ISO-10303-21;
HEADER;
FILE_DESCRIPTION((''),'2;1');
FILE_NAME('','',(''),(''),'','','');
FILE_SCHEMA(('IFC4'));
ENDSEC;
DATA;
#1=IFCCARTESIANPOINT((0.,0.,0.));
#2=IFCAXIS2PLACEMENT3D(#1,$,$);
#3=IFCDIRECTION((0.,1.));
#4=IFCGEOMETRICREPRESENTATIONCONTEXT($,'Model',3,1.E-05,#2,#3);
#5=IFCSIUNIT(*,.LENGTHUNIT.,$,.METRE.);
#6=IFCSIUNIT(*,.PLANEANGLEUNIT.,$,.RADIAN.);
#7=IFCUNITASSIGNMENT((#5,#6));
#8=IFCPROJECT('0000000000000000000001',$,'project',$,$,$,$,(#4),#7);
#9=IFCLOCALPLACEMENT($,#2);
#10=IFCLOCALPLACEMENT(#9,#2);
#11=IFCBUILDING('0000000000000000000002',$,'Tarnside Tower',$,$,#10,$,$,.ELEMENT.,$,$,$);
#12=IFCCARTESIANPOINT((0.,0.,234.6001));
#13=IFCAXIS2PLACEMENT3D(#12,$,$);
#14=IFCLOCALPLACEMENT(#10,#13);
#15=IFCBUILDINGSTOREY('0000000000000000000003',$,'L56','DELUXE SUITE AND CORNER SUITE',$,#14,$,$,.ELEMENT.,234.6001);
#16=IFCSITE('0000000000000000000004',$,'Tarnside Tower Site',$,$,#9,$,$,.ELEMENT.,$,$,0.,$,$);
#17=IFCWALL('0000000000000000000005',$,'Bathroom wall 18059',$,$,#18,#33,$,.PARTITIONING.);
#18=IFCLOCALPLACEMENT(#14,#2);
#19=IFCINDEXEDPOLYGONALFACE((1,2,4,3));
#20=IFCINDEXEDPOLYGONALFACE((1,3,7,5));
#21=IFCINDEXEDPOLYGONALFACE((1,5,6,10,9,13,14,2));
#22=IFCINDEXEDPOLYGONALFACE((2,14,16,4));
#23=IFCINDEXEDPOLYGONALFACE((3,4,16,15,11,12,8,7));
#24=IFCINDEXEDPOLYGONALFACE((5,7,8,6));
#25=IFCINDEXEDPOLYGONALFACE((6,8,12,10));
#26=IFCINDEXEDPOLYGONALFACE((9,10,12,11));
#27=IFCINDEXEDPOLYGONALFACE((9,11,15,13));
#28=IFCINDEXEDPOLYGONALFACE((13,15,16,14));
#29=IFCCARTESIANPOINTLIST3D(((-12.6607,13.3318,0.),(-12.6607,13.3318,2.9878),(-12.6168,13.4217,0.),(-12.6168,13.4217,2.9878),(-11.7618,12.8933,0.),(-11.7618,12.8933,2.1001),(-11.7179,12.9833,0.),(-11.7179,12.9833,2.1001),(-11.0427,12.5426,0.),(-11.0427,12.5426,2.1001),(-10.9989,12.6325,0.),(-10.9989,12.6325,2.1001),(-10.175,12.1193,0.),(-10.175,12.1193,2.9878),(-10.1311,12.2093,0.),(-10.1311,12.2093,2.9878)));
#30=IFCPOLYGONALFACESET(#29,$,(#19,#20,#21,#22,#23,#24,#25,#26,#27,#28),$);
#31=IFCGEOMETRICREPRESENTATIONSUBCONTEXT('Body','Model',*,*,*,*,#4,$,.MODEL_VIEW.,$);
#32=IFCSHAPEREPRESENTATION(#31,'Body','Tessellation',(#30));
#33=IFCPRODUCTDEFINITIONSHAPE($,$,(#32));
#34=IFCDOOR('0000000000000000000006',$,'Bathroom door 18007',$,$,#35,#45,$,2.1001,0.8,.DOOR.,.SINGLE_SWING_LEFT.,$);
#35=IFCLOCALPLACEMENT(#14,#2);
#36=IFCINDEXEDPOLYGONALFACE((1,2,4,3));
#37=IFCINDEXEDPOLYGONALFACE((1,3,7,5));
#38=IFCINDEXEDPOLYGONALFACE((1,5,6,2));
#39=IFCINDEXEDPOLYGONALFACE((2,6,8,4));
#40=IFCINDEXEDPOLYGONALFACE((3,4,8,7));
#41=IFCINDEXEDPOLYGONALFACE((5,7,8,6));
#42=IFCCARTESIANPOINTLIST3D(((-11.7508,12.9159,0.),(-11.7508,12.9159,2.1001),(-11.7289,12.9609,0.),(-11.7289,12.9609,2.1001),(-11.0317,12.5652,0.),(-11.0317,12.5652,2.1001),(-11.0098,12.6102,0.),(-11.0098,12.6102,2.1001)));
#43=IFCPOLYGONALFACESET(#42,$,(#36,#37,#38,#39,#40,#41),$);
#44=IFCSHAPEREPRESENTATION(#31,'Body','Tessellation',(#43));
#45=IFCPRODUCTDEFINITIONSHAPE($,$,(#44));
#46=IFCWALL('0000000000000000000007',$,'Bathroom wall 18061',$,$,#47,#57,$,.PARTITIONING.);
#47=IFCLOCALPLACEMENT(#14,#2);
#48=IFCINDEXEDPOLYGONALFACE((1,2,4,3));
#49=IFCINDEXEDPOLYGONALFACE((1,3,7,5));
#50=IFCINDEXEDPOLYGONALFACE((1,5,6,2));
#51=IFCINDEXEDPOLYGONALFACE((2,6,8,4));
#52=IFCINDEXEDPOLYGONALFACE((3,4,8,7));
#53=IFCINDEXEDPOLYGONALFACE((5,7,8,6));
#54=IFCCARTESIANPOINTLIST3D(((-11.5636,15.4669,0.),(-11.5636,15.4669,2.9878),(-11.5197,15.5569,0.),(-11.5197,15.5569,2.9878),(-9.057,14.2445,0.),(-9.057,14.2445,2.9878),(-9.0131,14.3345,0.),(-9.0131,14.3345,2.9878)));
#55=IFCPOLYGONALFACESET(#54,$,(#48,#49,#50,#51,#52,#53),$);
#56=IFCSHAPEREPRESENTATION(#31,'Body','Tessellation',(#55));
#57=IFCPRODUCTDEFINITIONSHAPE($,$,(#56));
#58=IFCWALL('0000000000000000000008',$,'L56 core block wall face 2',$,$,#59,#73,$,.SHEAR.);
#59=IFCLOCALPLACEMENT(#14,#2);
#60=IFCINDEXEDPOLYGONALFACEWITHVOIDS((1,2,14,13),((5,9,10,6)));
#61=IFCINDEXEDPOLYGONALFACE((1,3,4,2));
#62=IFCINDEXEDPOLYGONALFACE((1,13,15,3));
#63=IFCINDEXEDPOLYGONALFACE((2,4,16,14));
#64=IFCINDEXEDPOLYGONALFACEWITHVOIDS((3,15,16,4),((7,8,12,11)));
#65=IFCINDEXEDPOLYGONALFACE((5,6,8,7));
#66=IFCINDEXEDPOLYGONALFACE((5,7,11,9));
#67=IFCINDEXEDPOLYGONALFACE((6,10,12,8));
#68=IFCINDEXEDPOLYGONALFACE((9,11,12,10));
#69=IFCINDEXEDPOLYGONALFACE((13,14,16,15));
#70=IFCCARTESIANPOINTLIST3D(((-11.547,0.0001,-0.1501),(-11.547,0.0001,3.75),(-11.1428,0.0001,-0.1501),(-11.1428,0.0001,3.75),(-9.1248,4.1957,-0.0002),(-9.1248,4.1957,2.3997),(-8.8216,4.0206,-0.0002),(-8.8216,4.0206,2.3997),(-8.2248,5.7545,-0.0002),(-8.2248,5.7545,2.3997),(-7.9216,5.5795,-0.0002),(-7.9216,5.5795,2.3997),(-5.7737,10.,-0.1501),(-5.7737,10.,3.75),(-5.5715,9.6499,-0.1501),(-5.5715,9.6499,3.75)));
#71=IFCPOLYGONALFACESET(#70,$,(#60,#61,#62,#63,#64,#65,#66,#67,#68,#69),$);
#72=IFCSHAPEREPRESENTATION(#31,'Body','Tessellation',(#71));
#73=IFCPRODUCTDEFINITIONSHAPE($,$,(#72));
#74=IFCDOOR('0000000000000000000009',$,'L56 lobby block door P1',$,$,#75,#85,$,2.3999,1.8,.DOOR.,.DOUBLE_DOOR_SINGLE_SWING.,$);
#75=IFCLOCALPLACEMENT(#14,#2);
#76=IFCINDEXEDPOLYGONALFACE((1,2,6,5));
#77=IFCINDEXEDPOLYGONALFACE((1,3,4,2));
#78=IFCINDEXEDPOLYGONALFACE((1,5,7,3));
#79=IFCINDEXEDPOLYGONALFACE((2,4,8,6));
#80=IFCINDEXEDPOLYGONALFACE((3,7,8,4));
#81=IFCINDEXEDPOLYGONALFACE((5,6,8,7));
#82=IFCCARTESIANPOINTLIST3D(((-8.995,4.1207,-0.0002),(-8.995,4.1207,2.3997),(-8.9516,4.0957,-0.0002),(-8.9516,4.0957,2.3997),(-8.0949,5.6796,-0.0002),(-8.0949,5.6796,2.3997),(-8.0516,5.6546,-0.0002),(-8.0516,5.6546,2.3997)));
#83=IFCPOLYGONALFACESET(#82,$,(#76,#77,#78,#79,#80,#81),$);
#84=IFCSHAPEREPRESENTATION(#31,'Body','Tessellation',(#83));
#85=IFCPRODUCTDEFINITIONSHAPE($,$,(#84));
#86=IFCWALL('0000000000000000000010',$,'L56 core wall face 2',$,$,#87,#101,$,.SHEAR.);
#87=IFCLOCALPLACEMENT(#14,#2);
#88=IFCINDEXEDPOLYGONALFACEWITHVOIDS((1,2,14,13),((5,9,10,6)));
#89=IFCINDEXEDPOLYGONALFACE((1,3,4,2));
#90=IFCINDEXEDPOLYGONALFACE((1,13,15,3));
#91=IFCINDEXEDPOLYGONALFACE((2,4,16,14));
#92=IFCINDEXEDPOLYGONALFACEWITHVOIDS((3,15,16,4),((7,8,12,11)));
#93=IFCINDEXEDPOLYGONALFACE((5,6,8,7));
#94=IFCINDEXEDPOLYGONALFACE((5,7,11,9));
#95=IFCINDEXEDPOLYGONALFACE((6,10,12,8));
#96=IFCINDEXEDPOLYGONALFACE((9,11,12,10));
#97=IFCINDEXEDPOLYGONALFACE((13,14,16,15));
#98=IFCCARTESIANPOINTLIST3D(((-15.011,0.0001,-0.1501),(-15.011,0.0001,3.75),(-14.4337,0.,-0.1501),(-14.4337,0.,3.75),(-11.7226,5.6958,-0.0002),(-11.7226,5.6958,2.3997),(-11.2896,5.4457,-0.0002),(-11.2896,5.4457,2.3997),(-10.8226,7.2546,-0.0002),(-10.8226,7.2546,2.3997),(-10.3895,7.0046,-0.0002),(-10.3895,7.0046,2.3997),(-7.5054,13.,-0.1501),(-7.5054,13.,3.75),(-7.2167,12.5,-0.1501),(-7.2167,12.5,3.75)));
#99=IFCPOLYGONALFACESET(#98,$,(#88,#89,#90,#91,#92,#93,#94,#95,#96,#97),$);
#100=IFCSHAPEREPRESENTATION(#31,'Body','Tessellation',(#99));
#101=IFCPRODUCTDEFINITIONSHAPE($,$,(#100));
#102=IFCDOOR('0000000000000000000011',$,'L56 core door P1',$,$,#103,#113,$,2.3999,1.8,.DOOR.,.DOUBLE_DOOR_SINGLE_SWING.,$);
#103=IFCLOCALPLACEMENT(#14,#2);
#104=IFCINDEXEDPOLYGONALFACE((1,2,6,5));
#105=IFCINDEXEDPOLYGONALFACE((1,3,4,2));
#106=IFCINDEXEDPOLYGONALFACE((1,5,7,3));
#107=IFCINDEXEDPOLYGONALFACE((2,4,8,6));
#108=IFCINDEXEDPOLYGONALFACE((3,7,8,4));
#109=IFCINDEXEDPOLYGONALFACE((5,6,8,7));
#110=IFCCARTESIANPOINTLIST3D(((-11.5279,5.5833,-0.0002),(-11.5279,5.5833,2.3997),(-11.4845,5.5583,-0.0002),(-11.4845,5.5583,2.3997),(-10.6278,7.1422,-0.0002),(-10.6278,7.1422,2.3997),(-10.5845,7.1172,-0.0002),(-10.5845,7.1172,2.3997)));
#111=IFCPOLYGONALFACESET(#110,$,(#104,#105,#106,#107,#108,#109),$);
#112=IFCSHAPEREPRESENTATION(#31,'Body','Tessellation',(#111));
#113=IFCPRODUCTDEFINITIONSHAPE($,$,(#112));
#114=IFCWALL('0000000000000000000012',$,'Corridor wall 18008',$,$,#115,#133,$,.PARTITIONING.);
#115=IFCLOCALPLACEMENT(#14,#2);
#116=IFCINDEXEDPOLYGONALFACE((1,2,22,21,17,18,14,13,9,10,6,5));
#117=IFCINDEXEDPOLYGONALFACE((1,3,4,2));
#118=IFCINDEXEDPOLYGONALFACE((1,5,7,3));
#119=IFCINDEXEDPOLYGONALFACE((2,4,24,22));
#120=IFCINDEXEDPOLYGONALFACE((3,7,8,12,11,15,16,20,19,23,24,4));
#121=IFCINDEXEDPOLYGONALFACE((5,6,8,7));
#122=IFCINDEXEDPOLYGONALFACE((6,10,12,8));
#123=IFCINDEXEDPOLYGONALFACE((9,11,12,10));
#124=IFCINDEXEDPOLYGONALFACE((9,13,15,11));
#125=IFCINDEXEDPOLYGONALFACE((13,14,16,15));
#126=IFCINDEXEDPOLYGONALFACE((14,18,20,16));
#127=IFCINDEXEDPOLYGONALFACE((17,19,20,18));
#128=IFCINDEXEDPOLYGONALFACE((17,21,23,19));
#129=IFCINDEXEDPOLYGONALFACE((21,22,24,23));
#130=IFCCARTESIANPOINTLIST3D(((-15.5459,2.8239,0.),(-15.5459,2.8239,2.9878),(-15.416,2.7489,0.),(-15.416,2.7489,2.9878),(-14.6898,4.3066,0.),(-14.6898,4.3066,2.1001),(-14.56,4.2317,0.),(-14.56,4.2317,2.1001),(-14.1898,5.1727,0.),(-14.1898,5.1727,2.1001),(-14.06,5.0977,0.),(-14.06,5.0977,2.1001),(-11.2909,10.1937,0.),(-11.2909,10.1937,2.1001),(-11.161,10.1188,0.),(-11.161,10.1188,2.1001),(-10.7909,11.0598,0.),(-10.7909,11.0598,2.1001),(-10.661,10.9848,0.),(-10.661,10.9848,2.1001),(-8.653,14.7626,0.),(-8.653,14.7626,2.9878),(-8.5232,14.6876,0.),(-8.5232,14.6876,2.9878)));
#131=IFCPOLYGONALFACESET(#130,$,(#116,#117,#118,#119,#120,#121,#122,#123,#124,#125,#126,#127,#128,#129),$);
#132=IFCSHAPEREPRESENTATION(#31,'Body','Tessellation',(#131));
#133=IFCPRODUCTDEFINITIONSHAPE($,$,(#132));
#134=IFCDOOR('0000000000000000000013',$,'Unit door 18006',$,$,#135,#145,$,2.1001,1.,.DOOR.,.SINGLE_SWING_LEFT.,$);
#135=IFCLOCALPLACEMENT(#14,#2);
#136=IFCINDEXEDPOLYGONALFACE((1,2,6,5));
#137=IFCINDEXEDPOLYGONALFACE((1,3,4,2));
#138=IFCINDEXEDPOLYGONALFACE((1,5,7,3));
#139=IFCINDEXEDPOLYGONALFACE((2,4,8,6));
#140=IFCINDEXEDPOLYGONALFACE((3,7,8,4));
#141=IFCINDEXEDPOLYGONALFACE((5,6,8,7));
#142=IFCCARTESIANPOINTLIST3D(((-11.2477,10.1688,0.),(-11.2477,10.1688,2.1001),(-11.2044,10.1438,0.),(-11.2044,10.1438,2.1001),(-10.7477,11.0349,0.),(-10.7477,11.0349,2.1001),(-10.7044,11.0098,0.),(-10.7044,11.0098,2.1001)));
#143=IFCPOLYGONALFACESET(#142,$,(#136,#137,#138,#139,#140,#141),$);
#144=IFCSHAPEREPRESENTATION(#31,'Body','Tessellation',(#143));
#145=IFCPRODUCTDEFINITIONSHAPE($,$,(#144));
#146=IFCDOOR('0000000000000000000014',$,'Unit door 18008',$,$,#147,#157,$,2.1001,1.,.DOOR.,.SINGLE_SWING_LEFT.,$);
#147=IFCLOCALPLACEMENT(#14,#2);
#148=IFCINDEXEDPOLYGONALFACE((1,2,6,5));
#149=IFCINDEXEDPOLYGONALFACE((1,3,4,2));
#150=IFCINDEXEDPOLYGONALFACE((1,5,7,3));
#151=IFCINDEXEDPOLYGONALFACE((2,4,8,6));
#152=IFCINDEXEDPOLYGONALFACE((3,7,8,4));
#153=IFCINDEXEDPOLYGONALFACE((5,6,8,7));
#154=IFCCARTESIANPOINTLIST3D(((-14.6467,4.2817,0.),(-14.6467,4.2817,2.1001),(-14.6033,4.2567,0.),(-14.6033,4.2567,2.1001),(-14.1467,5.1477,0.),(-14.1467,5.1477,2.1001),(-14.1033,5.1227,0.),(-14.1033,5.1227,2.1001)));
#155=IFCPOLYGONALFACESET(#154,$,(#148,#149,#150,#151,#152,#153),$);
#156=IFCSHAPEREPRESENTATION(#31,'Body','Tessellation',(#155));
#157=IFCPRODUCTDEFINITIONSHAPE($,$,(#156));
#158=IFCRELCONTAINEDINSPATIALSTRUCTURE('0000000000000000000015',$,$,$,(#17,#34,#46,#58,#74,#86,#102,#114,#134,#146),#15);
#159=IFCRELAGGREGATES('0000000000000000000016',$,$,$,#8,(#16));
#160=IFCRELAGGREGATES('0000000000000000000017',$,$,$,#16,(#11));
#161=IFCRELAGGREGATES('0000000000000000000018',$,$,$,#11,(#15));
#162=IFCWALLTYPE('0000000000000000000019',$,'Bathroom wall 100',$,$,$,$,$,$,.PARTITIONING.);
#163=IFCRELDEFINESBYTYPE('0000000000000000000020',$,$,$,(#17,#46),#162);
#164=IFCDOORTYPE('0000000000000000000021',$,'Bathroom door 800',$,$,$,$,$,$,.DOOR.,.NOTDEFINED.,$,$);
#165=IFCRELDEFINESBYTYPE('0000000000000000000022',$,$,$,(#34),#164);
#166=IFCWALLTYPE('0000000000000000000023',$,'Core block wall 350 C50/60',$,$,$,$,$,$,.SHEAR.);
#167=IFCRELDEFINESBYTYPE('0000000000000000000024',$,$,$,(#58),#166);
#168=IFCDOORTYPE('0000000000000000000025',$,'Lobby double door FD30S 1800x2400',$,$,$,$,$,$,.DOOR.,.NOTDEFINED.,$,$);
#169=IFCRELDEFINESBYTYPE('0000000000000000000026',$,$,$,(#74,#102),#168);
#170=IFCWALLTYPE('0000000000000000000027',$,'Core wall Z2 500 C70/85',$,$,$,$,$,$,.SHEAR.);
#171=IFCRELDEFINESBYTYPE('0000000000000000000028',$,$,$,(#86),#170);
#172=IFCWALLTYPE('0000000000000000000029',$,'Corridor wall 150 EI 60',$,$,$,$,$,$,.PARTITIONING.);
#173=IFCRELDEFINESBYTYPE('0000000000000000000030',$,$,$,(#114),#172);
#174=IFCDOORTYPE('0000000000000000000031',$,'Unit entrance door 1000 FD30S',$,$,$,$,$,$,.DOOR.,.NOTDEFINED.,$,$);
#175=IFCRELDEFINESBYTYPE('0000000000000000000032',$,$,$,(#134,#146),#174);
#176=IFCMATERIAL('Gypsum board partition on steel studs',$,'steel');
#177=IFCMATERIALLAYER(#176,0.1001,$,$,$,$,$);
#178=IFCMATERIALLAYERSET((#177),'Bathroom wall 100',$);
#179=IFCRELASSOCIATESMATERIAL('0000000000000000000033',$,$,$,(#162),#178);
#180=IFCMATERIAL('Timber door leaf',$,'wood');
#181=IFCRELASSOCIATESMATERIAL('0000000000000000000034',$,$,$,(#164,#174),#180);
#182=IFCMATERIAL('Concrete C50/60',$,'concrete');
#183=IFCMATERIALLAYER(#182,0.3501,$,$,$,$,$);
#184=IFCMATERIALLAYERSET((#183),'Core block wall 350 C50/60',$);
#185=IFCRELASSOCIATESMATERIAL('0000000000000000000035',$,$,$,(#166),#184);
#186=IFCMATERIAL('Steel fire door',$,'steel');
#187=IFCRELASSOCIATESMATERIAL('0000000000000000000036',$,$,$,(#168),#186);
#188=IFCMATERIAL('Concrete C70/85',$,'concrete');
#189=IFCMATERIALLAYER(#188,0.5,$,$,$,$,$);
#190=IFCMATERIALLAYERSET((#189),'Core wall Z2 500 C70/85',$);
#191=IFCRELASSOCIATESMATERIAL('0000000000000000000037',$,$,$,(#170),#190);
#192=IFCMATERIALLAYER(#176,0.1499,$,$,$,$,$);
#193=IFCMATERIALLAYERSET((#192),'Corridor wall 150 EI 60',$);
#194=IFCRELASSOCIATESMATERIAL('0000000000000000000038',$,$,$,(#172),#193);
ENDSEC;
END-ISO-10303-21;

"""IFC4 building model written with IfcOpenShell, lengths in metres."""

from ifc_helpers import new_model, si_unit, direction, frame, frame_2d, origin, place, context, subcontext, project, spatial, polyline, rectangle, outline, extrude, material, layer, layer_set, type_object, element, fill, save


model = new_model("IFC4")

# Units and contexts
model_context = context("Model", 3, precision=1e-05, world=origin(), true_north=direction((0.0, 1.0)))
body_context = subcontext(model_context, "Body", "Model", "MODEL_VIEW")
ifc_project = project(units=[si_unit("LENGTHUNIT", "METRE"), si_unit("PLANEANGLEUNIT", "RADIAN")], contexts=[model_context])

# Site, building, storey
site_placement = place(None, origin())
site = spatial("IfcSite", under=ifc_project, at=site_placement, Name="Tarnside Tower Site", CompositionType="ELEMENT", RefElevation=0.0)
building_placement = place(site_placement, origin())
building = spatial("IfcBuilding", under=site, at=building_placement, Name="Tarnside Tower", CompositionType="ELEMENT")
storey_placement = place(building_placement, frame((0.0, 0.0, 234.6001)))
storey = spatial("IfcBuildingStorey", under=building, at=storey_placement, Name="L56", Description="DELUXE SUITE AND CORNER SUITE", CompositionType="ELEMENT", Elevation=234.6001)

# Shared definitions
ifc_material_1 = material(Name="Gypsum board partition on steel studs", Category="steel")
ifc_layer_1 = layer(ifc_material_1, 0.1001)
ifc_layer_set_1 = layer_set([ifc_layer_1], Name="Bathroom wall 100")
wall_type_1 = type_object("IfcWallType", Name="Bathroom wall 100", PredefinedType="PARTITIONING", material=ifc_layer_set_1)

# Wall, opening, door
ifc_material_2 = material(Name="Timber door leaf", Category="wood")
door_type_1 = type_object("IfcDoorType", Name="Bathroom door 800", OperationType="NOTDEFINED", PredefinedType="DOOR", material=ifc_material_2)
wall_1_placement = place(storey_placement, frame((-10.1531, 12.1643, 0.0), z_axis=(0.0, 0.0, 1.0), x_axis=(-0.89878, 0.438399, 0.0)))
wall_1 = element("IfcWall", 1, at=wall_1_placement, inside=storey, type_object=wall_type_1, Name="Bathroom wall 18059", PredefinedType="PARTITIONING", context=body_context, shape_type="SweptSolid", body=[
    extrude(rectangle(XDim=2.7656, YDim=0.1001, at=frame_2d((1.3828, 0.0))), origin(), (0.0, 0.0, 1.0), 2.9878),
])
opening_1_placement = place(wall_1_placement, frame((0.9656, 0.0, 0.0)))
opening_1 = element("IfcOpeningElement", 2, at=opening_1_placement, cuts=wall_1, PredefinedType="OPENING", context=body_context, shape_type="SweptSolid", body=[
    extrude(rectangle(XDim=0.8, YDim=2.1001, at=frame_2d((0.3999, 1.05))), frame((0.0, 0.0601, 0.0), z_axis=(0.0, -1.0, 0.0), x_axis=(1.0, 0.0, 0.0)), (0.0, 0.0, 1.0), 0.1201),
])
door_1_placement = place(opening_1_placement, origin())
door_1 = element("IfcDoor", 3, at=door_1_placement, inside=storey, type_object=door_type_1, Name="Bathroom door 18007", OperationType="SINGLE_SWING_LEFT", OverallHeight=2.1001, OverallWidth=0.8, PredefinedType="DOOR", context=body_context, shape_type="SweptSolid", body=[
    extrude(rectangle(XDim=0.8, YDim=2.1001, at=frame_2d((0.3999, 1.05))), frame((0.0, 0.0249, 0.0), z_axis=(0.0, -1.0, 0.0), x_axis=(1.0, 0.0, 0.0)), (0.0, 0.0, 1.0), 0.05),
])
fill(opening_1, door_1)

# Wall
wall_2_placement = place(storey_placement, frame((-11.5417, 15.512, 0.0), z_axis=(0.0, 0.0, 1.0), x_axis=(0.898813, -0.438332, 0.0)))
element("IfcWall", 4, at=wall_2_placement, inside=storey, type_object=wall_type_1, Name="Bathroom wall 18061", PredefinedType="PARTITIONING", context=body_context, shape_type="SweptSolid", body=[
    extrude(rectangle(XDim=2.7888, YDim=0.1001, at=frame_2d((1.3945, 0.0))), origin(), (0.0, 0.0, 1.0), 2.9878),
])

# Walls, openings, doors
ifc_material_3 = material(Name="Concrete C50/60", Category="concrete")
ifc_layer_2 = layer(ifc_material_3, 0.3501)
ifc_layer_set_2 = layer_set([ifc_layer_2], Name="Core block wall 350 C50/60")
wall_type_2 = type_object("IfcWallType", Name="Core block wall 350 C50/60", PredefinedType="SHEAR", material=ifc_layer_set_2)
wall_3_placement = place(storey_placement, frame((-5.6726, 9.825, -0.1501), z_axis=(0.0, 0.0, 1.0), x_axis=(-0.499995, -0.866028, 0.0)))
wall_3 = element("IfcWall", 5, at=wall_3_placement, inside=storey, type_object=wall_type_2, Name="L56 core block wall face 2", PredefinedType="SHEAR", context=body_context, shape_type="SweptSolid", body=[
    extrude(outline(polyline([(-0.1011, -0.175), (11.4458, -0.175), (11.2437, 0.175), (0.1011, 0.175), (-0.1011, -0.175)])), origin(), (0.0, 0.0, 1.0), 3.9001),
])
opening_2_placement = place(wall_3_placement, frame((4.8013, 0.0, 0.1499)))
opening_2 = element("IfcOpeningElement", 6, at=opening_2_placement, cuts=wall_3, PredefinedType="OPENING", context=body_context, shape_type="SweptSolid", body=[
    extrude(rectangle(XDim=1.8, YDim=2.3999, at=frame_2d((0.8999, 1.2))), frame((0.0, 0.1851, 0.0), z_axis=(0.0, -1.0, 0.0), x_axis=(1.0, 0.0, 0.0)), (0.0, 0.0, 1.0), 0.3701),
])
ifc_material_4 = material(Name="Steel fire door", Category="steel")
door_type_2 = type_object("IfcDoorType", Name="Lobby double door FD30S 1800x2400", OperationType="NOTDEFINED", PredefinedType="DOOR", material=ifc_material_4)
door_2_placement = place(opening_2_placement, origin())
door_2 = element("IfcDoor", 7, at=door_2_placement, inside=storey, type_object=door_type_2, Name="L56 lobby block door P1", OperationType="DOUBLE_DOOR_SINGLE_SWING", OverallHeight=2.3999, OverallWidth=1.8, PredefinedType="DOOR", context=body_context, shape_type="SweptSolid", body=[
    extrude(rectangle(XDim=1.8, YDim=2.3999, at=frame_2d((0.8999, 1.2))), frame((0.0, 0.0249, 0.0), z_axis=(0.0, -1.0, 0.0), x_axis=(1.0, 0.0, 0.0)), (0.0, 0.0, 1.0), 0.05),
])
fill(opening_2, door_2)
ifc_material_5 = material(Name="Concrete C70/85", Category="concrete")
ifc_layer_3 = layer(ifc_material_5, 0.5)
ifc_layer_set_3 = layer_set([ifc_layer_3], Name="Core wall Z2 500 C70/85")
wall_type_3 = type_object("IfcWallType", Name="Core wall Z2 500 C70/85", PredefinedType="SHEAR", material=ifc_layer_set_3)
wall_4_placement = place(storey_placement, frame((-7.3611, 12.75, -0.1501), z_axis=(0.0, 0.0, 1.0), x_axis=(-0.500006, -0.866022, 0.0)))
wall_4 = element("IfcWall", 8, at=wall_4_placement, inside=storey, type_object=wall_type_3, Name="L56 core wall face 2", PredefinedType="SHEAR", context=body_context, shape_type="SweptSolid", body=[
    extrude(outline(polyline([(-0.1443, -0.25), (14.8667, -0.25), (14.5781, 0.25), (0.1443, 0.25), (-0.1443, -0.25)])), origin(), (0.0, 0.0, 1.0), 3.9001),
])
opening_3_placement = place(wall_4_placement, frame((6.49, 0.0, 0.1499)))
opening_3 = element("IfcOpeningElement", 9, at=opening_3_placement, cuts=wall_4, PredefinedType="OPENING", context=body_context, shape_type="SweptSolid", body=[
    extrude(rectangle(XDim=1.8, YDim=2.3999, at=frame_2d((0.8999, 1.2))), frame((0.0, 0.26, 0.0), z_axis=(0.0, -1.0, 0.0), x_axis=(1.0, 0.0, 0.0)), (0.0, 0.0, 1.0), 0.52),
])
door_3_placement = place(opening_3_placement, origin())
door_3 = element("IfcDoor", 10, at=door_3_placement, inside=storey, type_object=door_type_2, Name="L56 core door P1", OperationType="DOUBLE_DOOR_SINGLE_SWING", OverallHeight=2.3999, OverallWidth=1.8, PredefinedType="DOOR", context=body_context, shape_type="SweptSolid", body=[
    extrude(rectangle(XDim=1.8, YDim=2.3999, at=frame_2d((0.8999, 1.2))), frame((0.0, 0.0249, 0.0), z_axis=(0.0, -1.0, 0.0), x_axis=(1.0, 0.0, 0.0)), (0.0, 0.0, 1.0), 0.05),
])
fill(opening_3, door_3)

# Wall, openings, doors
ifc_layer_4 = layer(ifc_material_1, 0.1499)
ifc_layer_set_4 = layer_set([ifc_layer_4], Name="Corridor wall 150 EI 60")
wall_type_4 = type_object("IfcWallType", Name="Corridor wall 150 EI 60", PredefinedType="PARTITIONING", material=ifc_layer_set_4)
wall_5_placement = place(storey_placement, frame((-8.5881, 14.7251, 0.0), z_axis=(0.0, 0.0, 1.0), x_axis=(-0.5, -0.866025, 0.0)))
wall_5 = element("IfcWall", 11, at=wall_5_placement, inside=storey, type_object=wall_type_4, Name="Corridor wall 18008", PredefinedType="PARTITIONING", context=body_context, shape_type="SweptSolid", body=[
    extrude(rectangle(XDim=13.7856, YDim=0.1499, at=frame_2d((6.8928, 0.0))), origin(), (0.0, 0.0, 1.0), 2.9878),
])
opening_4_placement = place(wall_5_placement, frame((4.2756, 0.0, 0.0)))
opening_4 = element("IfcOpeningElement", 12, at=opening_4_placement, cuts=wall_5, PredefinedType="OPENING", context=body_context, shape_type="SweptSolid", body=[
    extrude(rectangle(XDim=1.0, YDim=2.1001, at=frame_2d((0.5, 1.05))), frame((0.0, 0.085, 0.0), z_axis=(0.0, -1.0, 0.0), x_axis=(1.0, 0.0, 0.0)), (0.0, 0.0, 1.0), 0.1699),
])
opening_5_placement = place(wall_5_placement, frame((11.0735, 0.0, 0.0)))
opening_5 = element("IfcOpeningElement", 13, at=opening_5_placement, cuts=wall_5, PredefinedType="OPENING", context=body_context, shape_type="SweptSolid", body=[
    extrude(rectangle(XDim=1.0, YDim=2.1001, at=frame_2d((0.5, 1.05))), frame((0.0, 0.085, 0.0), z_axis=(0.0, -1.0, 0.0), x_axis=(1.0, 0.0, 0.0)), (0.0, 0.0, 1.0), 0.1699),
])
door_type_3 = type_object("IfcDoorType", Name="Unit entrance door 1000 FD30S", OperationType="NOTDEFINED", PredefinedType="DOOR", material=ifc_material_2)
door_4_placement = place(opening_4_placement, origin())
door_4 = element("IfcDoor", 14, at=door_4_placement, inside=storey, type_object=door_type_3, Name="Unit door 18006", OperationType="SINGLE_SWING_LEFT", OverallHeight=2.1001, OverallWidth=1.0, PredefinedType="DOOR", context=body_context, shape_type="SweptSolid", body=[
    extrude(rectangle(XDim=1.0, YDim=2.1001, at=frame_2d((0.5, 1.05))), frame((0.0, 0.0249, 0.0), z_axis=(0.0, -1.0, 0.0), x_axis=(1.0, 0.0, 0.0)), (0.0, 0.0, 1.0), 0.05),
])
fill(opening_4, door_4)
door_5_placement = place(opening_5_placement, origin())
door_5 = element("IfcDoor", 15, at=door_5_placement, inside=storey, type_object=door_type_3, Name="Unit door 18008", OperationType="SINGLE_SWING_LEFT", OverallHeight=2.1001, OverallWidth=1.0, PredefinedType="DOOR", context=body_context, shape_type="SweptSolid", body=[
    extrude(rectangle(XDim=1.0, YDim=2.1001, at=frame_2d((0.5, 1.05))), frame((0.0, 0.0249, 0.0), z_axis=(0.0, -1.0, 0.0), x_axis=(1.0, 0.0, 0.0)), (0.0, 0.0, 1.0), 0.05),
])
fill(opening_5, door_5)

save(model, "model.ifc")
